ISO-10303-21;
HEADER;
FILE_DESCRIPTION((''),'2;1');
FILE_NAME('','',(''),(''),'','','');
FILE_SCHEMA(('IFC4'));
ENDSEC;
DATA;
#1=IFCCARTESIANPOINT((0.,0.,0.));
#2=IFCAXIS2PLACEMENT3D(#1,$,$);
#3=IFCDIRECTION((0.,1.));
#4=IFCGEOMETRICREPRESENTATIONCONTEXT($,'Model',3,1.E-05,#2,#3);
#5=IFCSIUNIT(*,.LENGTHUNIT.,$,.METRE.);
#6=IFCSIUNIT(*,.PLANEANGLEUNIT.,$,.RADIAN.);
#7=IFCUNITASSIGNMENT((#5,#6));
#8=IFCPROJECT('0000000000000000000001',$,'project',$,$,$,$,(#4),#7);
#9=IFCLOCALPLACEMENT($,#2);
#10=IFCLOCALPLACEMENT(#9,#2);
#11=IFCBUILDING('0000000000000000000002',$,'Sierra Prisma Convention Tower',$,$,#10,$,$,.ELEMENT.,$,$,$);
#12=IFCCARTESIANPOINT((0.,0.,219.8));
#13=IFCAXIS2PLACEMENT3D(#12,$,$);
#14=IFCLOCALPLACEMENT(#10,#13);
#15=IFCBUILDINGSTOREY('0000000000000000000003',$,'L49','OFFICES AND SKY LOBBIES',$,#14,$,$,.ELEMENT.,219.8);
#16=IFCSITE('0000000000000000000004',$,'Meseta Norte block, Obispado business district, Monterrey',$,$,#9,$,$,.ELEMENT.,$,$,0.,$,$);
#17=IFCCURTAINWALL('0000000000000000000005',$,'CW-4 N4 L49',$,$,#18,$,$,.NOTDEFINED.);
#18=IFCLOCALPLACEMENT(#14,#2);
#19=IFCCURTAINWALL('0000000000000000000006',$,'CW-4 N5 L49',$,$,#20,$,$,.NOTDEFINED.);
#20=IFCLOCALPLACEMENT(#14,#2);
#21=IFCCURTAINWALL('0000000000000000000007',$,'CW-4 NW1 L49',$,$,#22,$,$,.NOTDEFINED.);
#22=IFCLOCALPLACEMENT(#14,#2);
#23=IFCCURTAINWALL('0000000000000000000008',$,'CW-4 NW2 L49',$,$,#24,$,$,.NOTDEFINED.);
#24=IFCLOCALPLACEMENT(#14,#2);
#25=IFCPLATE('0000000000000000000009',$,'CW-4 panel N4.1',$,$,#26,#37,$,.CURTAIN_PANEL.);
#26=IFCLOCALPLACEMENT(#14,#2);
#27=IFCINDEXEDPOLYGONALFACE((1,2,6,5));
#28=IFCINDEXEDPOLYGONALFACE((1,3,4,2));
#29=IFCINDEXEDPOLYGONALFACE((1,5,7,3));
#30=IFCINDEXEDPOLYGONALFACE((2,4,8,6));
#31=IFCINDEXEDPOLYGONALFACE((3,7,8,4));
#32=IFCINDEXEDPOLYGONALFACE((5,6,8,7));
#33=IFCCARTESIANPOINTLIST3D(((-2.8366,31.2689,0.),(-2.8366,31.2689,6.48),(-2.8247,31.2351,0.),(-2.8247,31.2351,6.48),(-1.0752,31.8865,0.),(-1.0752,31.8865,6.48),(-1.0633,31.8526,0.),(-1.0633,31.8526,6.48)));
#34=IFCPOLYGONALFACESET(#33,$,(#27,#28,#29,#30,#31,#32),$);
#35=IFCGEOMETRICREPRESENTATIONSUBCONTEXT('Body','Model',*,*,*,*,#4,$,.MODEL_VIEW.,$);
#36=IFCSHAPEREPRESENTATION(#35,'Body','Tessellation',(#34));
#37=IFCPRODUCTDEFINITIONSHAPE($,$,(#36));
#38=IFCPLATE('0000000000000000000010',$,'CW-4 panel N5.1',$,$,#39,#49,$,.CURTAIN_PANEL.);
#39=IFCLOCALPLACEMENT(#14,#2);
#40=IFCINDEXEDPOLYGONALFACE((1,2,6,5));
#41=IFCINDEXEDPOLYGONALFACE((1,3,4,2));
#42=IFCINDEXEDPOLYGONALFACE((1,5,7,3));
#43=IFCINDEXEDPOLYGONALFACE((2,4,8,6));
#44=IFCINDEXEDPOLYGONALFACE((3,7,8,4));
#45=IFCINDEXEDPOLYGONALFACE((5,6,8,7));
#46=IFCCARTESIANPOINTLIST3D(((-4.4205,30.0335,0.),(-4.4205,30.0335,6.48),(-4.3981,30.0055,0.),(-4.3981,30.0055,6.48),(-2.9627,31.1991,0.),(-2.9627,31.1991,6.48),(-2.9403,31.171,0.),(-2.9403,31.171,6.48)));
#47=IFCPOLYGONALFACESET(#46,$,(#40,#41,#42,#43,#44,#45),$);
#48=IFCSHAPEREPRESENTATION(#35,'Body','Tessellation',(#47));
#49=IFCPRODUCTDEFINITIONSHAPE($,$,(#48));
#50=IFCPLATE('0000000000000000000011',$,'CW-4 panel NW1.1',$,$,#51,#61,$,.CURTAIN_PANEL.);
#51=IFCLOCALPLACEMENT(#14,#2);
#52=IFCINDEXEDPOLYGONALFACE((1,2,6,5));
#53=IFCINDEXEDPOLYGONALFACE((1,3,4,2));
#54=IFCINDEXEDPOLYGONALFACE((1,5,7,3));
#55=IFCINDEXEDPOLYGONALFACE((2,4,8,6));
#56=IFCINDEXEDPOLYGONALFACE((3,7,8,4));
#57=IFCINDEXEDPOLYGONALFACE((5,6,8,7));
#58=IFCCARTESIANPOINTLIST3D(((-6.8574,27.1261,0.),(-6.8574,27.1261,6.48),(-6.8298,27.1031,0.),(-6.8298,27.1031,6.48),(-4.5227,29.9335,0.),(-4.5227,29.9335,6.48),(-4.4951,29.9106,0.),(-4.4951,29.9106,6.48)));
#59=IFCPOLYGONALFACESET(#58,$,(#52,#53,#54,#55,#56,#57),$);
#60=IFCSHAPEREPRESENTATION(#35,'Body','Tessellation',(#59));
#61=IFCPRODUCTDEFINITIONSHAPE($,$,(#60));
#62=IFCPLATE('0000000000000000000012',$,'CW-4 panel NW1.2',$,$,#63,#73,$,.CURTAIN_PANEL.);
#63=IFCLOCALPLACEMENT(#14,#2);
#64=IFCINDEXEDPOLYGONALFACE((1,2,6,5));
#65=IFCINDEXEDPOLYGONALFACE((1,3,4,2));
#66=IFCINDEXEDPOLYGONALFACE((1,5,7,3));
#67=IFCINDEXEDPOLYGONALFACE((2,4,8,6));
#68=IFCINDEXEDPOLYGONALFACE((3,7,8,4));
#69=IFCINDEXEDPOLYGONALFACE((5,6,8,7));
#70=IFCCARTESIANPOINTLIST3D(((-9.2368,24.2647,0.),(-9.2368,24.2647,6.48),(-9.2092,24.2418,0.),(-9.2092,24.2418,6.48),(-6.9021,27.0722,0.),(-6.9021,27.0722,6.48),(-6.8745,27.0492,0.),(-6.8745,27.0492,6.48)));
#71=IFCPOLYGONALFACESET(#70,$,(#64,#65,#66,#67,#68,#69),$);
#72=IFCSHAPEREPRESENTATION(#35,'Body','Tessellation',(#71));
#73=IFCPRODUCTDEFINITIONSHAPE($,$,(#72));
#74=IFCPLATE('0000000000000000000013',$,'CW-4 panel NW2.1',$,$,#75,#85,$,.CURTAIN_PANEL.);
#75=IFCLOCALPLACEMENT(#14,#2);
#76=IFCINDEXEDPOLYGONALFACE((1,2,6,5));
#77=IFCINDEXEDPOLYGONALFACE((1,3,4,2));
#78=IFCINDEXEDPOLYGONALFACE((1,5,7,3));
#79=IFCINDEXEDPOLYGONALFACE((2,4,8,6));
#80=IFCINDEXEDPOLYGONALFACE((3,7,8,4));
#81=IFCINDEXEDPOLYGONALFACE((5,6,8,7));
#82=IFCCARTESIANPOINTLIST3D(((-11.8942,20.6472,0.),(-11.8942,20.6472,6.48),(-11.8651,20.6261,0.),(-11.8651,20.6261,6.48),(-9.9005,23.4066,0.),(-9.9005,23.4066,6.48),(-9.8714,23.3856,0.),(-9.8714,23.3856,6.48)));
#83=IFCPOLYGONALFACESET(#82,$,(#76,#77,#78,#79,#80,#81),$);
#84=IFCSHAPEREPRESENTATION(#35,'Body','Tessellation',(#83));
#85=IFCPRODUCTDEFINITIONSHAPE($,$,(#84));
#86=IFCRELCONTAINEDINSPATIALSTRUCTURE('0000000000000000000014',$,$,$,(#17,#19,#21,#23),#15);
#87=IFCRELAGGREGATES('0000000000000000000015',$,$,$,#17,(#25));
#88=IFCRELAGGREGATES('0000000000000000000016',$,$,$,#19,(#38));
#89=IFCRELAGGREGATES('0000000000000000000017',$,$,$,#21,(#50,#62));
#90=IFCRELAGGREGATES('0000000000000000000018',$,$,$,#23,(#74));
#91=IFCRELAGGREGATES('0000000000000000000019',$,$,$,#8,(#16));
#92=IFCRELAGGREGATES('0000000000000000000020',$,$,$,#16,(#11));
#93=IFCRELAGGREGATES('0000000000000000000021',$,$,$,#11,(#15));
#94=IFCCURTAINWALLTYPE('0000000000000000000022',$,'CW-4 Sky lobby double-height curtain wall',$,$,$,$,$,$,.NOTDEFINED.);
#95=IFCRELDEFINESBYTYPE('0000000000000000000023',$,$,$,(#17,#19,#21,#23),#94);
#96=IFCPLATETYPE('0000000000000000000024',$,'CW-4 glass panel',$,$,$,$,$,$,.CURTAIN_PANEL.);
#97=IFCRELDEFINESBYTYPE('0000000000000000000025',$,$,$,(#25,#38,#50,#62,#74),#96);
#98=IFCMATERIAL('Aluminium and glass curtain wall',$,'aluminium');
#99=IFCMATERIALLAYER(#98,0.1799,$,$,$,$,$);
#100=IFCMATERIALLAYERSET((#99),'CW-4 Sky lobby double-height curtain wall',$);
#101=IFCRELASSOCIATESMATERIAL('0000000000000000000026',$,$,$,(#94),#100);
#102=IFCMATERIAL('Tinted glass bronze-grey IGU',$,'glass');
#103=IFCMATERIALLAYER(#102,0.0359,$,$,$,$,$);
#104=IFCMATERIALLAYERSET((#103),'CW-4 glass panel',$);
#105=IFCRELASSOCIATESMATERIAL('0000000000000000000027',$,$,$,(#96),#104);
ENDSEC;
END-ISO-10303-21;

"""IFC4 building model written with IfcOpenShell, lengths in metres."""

from ifc_helpers import new_model, si_unit, direction, frame, origin, origin_2d, place, context, subcontext, project, spatial, rectangle, extrude, material, layer, layer_set, type_object, element, aggregate, save


model = new_model("IFC4")

# Units and contexts
model_context = context("Model", 3, precision=1e-05, world=origin(), true_north=direction((0.0, 1.0)))
body_context = subcontext(model_context, "Body", "Model", "MODEL_VIEW")
ifc_project = project(units=[si_unit("LENGTHUNIT", "METRE"), si_unit("PLANEANGLEUNIT", "RADIAN")], contexts=[model_context])

# Site, building, storey
site_placement = place(None, origin())
site = spatial("IfcSite", under=ifc_project, at=site_placement, Name="Meseta Norte block, Obispado business district, Monterrey", CompositionType="ELEMENT", RefElevation=0.0)
building_placement = place(site_placement, origin())
building = spatial("IfcBuilding", under=site, at=building_placement, Name="Sierra Prisma Convention Tower", CompositionType="ELEMENT")
storey_placement = place(building_placement, frame((0.0, 0.0, 219.8)))
storey = spatial("IfcBuildingStorey", under=building, at=storey_placement, Name="L49", Description="OFFICES AND SKY LOBBIES", CompositionType="ELEMENT", Elevation=219.8)

# Curtain walls
ifc_material_1 = material(Name="Aluminium and glass curtain wall", Category="aluminium")
ifc_layer_1 = layer(ifc_material_1, 0.1799)
ifc_layer_set_1 = layer_set([ifc_layer_1], Name="CW-4 Sky lobby double-height curtain wall")
curtain_wall_type = type_object("IfcCurtainWallType", Name="CW-4 Sky lobby double-height curtain wall", PredefinedType="NOTDEFINED", material=ifc_layer_set_1)
curtain_wall_1_placement = place(storey_placement, origin())
curtain_wall_1 = element("IfcCurtainWall", 1, at=curtain_wall_1_placement, inside=storey, type_object=curtain_wall_type, Name="CW-4 N4 L49", PredefinedType="NOTDEFINED")
curtain_wall_2_placement = place(storey_placement, origin())
curtain_wall_2 = element("IfcCurtainWall", 2, at=curtain_wall_2_placement, inside=storey, type_object=curtain_wall_type, Name="CW-4 N5 L49", PredefinedType="NOTDEFINED")

# Curtain wall
curtain_wall_3_placement = place(storey_placement, origin())
curtain_wall_3 = element("IfcCurtainWall", 3, at=curtain_wall_3_placement, inside=storey, type_object=curtain_wall_type, Name="CW-4 NW1 L49", PredefinedType="NOTDEFINED")

# Curtain wall
curtain_wall_4_placement = place(storey_placement, origin())
curtain_wall_4 = element("IfcCurtainWall", 4, at=curtain_wall_4_placement, inside=storey, type_object=curtain_wall_type, Name="CW-4 NW2 L49", PredefinedType="NOTDEFINED")

# Plates
ifc_material_2 = material(Name="Tinted glass bronze-grey IGU", Category="glass")
ifc_layer_2 = layer(ifc_material_2, 0.0359)
ifc_layer_set_2 = layer_set([ifc_layer_2], Name="CW-4 glass panel")
plate_type = type_object("IfcPlateType", Name="CW-4 glass panel", PredefinedType="CURTAIN_PANEL", material=ifc_layer_set_2)
plate_1_placement = place(storey_placement, frame((-1.95, 31.5608, 0.0), z_axis=(0.0, 0.0, 1.0), x_axis=(-0.943677, -0.330868, 0.0)))
plate_1 = element("IfcPlate", 5, at=plate_1_placement, type_object=plate_type, Name="CW-4 panel N4.1", PredefinedType="CURTAIN_PANEL", context=body_context, shape_type="SweptSolid", body=[
    extrude(rectangle(XDim=1.8665, YDim=0.0359, at=origin_2d()), origin(), (0.0, 0.0, 1.0), 6.48),
])
aggregate(curtain_wall_1, [plate_1])
plate_2_placement = place(storey_placement, frame((-3.6804, 30.6023, 0.0), z_axis=(0.0, 0.0, 1.0), x_axis=(-0.781053, -0.624465, 0.0)))
plate_2 = element("IfcPlate", 6, at=plate_2_placement, type_object=plate_type, Name="CW-4 panel N5.1", PredefinedType="CURTAIN_PANEL", context=body_context, shape_type="SweptSolid", body=[
    extrude(rectangle(XDim=1.8665, YDim=0.0359, at=origin_2d()), origin(), (0.0, 0.0, 1.0), 6.48),
])
aggregate(curtain_wall_2, [plate_2])
plate_3_placement = place(storey_placement, frame((-5.6763, 28.5183, 0.0), z_axis=(0.0, 0.0, 1.0), x_axis=(-0.639398, -0.768876, 0.0)))
plate_3 = element("IfcPlate", 7, at=plate_3_placement, type_object=plate_type, Name="CW-4 panel NW1.1", PredefinedType="CURTAIN_PANEL", context=body_context, shape_type="SweptSolid", body=[
    extrude(rectangle(XDim=3.6514, YDim=0.0359, at=origin_2d()), origin(), (0.0, 0.0, 1.0), 6.48),
])
plate_4_placement = place(storey_placement, frame((-8.0557, 25.657, 0.0), z_axis=(0.0, 0.0, 1.0), x_axis=(-0.639398, -0.768876, 0.0)))
plate_4 = element("IfcPlate", 8, at=plate_4_placement, type_object=plate_type, Name="CW-4 panel NW1.2", PredefinedType="CURTAIN_PANEL", context=body_context, shape_type="SweptSolid", body=[
    extrude(rectangle(XDim=3.6514, YDim=0.0359, at=origin_2d()), origin(), (0.0, 0.0, 1.0), 6.48),
])
aggregate(curtain_wall_3, [plate_3, plate_4])
plate_5_placement = place(storey_placement, frame((-10.8828, 22.0164, 0.0), z_axis=(0.0, 0.0, 1.0), x_axis=(-0.58564, -0.810572, 0.0)))
plate_5 = element("IfcPlate", 9, at=plate_5_placement, type_object=plate_type, Name="CW-4 panel NW2.1", PredefinedType="CURTAIN_PANEL", context=body_context, shape_type="SweptSolid", body=[
    extrude(rectangle(XDim=3.4043, YDim=0.0359, at=origin_2d()), origin(), (0.0, 0.0, 1.0), 6.48),
])
aggregate(curtain_wall_4, [plate_5])

save(model, "model.ifc")
